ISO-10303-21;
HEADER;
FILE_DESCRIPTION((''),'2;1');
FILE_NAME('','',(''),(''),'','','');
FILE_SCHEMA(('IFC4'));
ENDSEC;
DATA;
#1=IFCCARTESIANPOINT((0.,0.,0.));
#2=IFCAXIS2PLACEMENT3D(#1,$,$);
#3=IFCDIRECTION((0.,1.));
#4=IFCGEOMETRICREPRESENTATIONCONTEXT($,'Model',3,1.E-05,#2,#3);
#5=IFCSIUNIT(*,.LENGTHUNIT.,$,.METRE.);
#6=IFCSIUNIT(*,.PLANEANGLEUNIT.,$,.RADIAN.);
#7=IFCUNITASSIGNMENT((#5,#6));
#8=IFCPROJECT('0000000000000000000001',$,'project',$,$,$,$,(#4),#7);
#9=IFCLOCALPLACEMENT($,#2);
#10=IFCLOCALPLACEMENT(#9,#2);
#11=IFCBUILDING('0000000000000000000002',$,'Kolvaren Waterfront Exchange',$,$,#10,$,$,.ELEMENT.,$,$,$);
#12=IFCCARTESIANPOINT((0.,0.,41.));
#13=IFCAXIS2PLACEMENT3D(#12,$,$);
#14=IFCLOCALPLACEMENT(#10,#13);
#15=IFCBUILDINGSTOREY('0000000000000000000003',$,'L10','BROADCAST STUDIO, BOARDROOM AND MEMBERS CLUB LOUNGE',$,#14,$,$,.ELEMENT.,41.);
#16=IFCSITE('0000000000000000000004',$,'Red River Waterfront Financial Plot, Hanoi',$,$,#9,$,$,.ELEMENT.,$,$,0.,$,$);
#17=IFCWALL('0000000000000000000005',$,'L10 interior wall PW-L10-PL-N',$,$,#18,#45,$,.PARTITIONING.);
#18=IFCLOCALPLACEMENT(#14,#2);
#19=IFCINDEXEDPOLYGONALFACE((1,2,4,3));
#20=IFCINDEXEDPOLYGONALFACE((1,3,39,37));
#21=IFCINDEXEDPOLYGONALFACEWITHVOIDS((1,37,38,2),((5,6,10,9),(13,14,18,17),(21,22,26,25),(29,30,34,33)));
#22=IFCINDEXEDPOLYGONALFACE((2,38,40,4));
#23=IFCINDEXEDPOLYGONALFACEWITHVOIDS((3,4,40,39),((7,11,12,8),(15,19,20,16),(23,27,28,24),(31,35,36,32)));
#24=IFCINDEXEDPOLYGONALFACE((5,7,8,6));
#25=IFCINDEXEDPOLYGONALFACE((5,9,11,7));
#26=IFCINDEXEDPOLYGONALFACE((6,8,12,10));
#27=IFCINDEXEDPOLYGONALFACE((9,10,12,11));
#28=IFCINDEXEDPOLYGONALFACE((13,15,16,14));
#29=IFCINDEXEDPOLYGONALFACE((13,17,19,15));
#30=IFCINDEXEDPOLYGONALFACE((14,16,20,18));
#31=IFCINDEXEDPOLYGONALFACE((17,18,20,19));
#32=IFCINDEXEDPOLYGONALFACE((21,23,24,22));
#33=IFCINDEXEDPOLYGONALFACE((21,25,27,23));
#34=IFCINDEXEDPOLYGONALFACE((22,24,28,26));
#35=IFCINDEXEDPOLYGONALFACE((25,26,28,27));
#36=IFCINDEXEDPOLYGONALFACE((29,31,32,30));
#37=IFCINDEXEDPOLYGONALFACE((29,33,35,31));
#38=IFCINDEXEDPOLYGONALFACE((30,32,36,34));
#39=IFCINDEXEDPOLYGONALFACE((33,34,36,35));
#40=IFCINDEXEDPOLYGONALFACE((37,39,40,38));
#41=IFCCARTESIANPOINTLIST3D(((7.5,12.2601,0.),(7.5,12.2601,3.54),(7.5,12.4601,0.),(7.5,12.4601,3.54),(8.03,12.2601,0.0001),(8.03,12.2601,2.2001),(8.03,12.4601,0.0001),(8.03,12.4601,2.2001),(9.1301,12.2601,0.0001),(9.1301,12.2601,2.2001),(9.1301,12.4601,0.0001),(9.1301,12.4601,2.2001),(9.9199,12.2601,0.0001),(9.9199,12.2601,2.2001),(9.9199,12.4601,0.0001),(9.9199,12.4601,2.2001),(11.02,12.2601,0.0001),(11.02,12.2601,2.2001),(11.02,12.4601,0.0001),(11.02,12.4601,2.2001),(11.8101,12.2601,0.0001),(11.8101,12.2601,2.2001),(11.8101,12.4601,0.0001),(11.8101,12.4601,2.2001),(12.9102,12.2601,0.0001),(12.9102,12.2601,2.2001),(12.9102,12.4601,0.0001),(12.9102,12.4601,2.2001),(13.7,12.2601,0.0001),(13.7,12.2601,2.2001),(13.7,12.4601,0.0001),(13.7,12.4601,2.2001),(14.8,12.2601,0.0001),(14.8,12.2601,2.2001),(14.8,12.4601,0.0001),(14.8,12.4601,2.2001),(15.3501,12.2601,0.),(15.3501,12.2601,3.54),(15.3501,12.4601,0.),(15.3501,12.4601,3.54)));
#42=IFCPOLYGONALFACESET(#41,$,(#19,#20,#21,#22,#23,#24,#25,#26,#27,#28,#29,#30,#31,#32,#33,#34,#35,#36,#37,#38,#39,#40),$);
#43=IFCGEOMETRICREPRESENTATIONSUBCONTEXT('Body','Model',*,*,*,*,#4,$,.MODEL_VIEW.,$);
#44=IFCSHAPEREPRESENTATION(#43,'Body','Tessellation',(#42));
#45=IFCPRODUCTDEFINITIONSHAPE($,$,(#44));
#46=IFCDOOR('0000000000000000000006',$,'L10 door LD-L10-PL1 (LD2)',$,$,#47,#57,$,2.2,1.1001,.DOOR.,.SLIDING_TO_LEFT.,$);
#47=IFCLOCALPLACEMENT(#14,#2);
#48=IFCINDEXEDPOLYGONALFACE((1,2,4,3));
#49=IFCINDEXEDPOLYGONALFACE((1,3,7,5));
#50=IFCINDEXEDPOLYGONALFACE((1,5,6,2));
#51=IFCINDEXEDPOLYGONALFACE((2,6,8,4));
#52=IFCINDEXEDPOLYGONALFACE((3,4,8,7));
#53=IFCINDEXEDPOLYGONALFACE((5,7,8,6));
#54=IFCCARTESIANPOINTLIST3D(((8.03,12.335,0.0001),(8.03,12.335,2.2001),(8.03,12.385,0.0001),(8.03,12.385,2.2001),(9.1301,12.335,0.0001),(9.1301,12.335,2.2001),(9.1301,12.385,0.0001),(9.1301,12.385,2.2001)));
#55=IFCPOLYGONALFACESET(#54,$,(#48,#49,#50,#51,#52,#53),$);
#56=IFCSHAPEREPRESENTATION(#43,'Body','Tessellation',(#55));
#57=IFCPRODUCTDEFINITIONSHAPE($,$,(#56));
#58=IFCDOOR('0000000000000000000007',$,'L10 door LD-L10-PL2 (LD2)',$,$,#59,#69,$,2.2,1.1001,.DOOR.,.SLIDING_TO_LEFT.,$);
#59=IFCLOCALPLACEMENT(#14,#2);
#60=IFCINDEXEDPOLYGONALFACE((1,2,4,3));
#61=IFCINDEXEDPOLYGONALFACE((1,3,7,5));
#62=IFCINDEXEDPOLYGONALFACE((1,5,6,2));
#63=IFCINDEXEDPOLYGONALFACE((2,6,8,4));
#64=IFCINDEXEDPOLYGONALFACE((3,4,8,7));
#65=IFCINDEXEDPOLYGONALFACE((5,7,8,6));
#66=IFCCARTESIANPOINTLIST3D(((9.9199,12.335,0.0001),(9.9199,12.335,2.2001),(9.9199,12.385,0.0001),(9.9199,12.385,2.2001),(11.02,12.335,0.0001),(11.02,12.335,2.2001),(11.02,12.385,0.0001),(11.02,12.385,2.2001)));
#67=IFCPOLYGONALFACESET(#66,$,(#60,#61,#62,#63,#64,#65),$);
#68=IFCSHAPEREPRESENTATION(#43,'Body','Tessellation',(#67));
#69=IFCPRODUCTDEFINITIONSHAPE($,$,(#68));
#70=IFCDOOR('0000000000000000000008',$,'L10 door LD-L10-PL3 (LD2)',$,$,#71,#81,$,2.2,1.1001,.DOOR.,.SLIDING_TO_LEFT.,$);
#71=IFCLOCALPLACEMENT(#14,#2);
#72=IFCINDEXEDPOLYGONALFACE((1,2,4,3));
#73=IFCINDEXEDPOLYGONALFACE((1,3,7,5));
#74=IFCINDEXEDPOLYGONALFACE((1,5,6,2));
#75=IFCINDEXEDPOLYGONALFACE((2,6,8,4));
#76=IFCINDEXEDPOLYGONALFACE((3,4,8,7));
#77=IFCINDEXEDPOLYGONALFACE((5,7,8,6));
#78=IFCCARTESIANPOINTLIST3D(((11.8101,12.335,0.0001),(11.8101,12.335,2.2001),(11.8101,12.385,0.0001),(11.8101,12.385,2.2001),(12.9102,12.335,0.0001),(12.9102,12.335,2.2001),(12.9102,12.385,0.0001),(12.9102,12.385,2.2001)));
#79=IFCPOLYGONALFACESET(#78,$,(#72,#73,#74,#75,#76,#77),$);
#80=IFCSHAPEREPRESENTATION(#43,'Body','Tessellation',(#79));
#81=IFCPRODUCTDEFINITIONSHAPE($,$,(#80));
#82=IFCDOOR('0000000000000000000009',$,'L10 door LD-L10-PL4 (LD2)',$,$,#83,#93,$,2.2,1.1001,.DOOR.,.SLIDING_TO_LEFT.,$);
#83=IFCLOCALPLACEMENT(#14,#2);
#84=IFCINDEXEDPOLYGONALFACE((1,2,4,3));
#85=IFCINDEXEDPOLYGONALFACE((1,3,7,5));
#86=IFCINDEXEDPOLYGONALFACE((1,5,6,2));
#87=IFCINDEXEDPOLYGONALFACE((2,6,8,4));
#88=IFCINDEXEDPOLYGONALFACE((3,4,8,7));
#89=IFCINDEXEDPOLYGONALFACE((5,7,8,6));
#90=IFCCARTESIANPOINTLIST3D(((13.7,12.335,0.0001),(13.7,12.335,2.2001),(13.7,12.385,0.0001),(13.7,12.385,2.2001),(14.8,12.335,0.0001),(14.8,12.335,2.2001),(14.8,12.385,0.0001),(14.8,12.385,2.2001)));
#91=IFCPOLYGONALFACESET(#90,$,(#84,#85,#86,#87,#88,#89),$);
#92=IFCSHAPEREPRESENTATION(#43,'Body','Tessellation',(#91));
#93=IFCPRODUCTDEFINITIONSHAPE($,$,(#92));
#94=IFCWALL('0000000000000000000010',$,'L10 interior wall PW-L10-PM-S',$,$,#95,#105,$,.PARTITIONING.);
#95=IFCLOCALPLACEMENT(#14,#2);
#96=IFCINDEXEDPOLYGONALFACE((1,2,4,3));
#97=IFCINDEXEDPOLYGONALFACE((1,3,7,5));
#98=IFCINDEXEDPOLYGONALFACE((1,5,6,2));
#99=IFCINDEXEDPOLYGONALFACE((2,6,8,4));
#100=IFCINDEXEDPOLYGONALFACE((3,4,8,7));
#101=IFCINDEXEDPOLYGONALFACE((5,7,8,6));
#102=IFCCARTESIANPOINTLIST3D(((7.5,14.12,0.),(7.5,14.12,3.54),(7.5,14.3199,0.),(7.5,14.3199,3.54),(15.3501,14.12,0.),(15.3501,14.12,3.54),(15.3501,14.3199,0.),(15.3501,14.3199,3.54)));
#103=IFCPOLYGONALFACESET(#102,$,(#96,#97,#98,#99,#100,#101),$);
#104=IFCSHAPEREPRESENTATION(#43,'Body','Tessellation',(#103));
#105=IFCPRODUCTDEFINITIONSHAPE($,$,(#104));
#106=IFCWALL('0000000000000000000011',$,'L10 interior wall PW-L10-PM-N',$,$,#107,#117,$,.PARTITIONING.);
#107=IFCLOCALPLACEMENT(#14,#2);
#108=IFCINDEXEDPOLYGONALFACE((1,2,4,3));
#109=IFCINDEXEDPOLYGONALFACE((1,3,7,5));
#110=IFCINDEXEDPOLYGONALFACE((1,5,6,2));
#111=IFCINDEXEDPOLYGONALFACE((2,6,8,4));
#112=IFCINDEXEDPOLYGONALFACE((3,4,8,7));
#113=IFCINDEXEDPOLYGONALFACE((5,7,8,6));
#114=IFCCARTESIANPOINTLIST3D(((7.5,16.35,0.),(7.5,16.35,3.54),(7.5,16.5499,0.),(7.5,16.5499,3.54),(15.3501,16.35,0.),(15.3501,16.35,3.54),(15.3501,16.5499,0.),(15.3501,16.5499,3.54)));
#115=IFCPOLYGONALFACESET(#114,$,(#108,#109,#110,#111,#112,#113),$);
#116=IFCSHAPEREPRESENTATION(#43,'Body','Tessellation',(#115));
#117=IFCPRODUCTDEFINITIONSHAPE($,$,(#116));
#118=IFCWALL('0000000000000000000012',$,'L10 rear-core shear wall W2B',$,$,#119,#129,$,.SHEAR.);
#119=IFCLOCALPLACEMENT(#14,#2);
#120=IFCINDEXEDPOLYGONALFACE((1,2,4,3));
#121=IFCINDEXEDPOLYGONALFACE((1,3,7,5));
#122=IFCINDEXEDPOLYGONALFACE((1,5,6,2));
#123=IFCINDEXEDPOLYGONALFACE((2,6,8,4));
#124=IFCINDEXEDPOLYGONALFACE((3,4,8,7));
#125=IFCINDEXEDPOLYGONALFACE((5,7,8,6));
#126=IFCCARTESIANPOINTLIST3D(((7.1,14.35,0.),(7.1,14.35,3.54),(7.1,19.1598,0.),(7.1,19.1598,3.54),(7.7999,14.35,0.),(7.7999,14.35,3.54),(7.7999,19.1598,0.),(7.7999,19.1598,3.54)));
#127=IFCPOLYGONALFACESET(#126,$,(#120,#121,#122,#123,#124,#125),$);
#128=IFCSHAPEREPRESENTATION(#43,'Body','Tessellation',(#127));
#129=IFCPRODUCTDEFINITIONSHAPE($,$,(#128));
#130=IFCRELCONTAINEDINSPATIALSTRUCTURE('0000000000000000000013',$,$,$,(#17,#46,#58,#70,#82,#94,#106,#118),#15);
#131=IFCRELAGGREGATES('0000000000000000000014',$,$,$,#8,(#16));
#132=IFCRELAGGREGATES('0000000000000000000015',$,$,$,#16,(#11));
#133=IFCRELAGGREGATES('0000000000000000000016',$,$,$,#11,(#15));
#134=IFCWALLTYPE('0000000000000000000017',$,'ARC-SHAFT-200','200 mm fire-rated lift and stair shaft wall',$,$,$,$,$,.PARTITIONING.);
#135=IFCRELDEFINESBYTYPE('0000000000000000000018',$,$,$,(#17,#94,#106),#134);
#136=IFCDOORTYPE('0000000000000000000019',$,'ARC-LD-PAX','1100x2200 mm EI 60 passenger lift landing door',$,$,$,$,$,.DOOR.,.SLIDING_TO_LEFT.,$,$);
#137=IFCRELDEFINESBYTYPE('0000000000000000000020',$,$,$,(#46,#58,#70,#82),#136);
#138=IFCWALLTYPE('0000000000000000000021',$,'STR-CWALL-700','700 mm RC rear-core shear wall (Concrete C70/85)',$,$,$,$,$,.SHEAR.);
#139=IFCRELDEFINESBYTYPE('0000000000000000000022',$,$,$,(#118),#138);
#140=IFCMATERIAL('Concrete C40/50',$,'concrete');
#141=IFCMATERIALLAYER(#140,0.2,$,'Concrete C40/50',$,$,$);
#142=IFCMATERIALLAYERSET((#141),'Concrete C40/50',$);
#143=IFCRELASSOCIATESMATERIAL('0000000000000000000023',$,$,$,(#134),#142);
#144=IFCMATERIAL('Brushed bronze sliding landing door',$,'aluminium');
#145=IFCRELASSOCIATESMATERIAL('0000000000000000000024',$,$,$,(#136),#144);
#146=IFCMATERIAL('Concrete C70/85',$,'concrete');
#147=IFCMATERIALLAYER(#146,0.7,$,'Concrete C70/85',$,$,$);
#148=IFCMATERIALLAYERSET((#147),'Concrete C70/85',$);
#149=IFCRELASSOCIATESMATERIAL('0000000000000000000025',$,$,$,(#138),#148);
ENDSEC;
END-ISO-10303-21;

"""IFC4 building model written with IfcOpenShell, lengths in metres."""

from ifc_helpers import new_model, si_unit, direction, frame, frame_2d, origin, place, context, subcontext, project, spatial, rectangle, extrude, material, layer, layer_set, type_object, element, fill, save


model = new_model("IFC4")

# Units and contexts
model_context = context("Model", 3, precision=1e-05, world=origin(), true_north=direction((0.0, 1.0)))
body_context = subcontext(model_context, "Body", "Model", "MODEL_VIEW")
ifc_project = project(units=[si_unit("LENGTHUNIT", "METRE"), si_unit("PLANEANGLEUNIT", "RADIAN")], contexts=[model_context])

# Site, building, storey
site_placement = place(None, origin())
site = spatial("IfcSite", under=ifc_project, at=site_placement, Name="Red River Waterfront Financial Plot, Hanoi", CompositionType="ELEMENT", RefElevation=0.0)
building_placement = place(site_placement, origin())
building = spatial("IfcBuilding", under=site, at=building_placement, Name="Kolvaren Waterfront Exchange", CompositionType="ELEMENT")
storey_placement = place(building_placement, frame((0.0, 0.0, 41.0)))
storey = spatial("IfcBuildingStorey", under=building, at=storey_placement, Name="L10", Description="BROADCAST STUDIO, BOARDROOM AND MEMBERS CLUB LOUNGE", CompositionType="ELEMENT", Elevation=41.0)

# Wall, openings, doors
ifc_material_1 = material(Name="Concrete C40/50", Category="concrete")
ifc_layer_1 = layer(ifc_material_1, 0.2, Name="Concrete C40/50")
ifc_layer_set_1 = layer_set([ifc_layer_1], Name="Concrete C40/50")
wall_type_1 = type_object("IfcWallType", Name="ARC-SHAFT-200", Description="200 mm fire-rated lift and stair shaft wall", PredefinedType="PARTITIONING", material=ifc_layer_set_1)
wall_1_placement = place(storey_placement, frame((7.5, 12.3601, 0.0), z_axis=(0.0, 0.0, 1.0), x_axis=(1.0, 0.0, 0.0)))
wall_1 = element("IfcWall", 1, at=wall_1_placement, inside=storey, type_object=wall_type_1, Name="L10 interior wall PW-L10-PL-N", PredefinedType="PARTITIONING", context=body_context, shape_type="SweptSolid", body=[
    extrude(rectangle(XDim=7.8501, YDim=0.2, at=frame_2d((3.925, 0.0))), origin(), (0.0, 0.0, 1.0), 3.54),
])
opening_1_placement = place(wall_1_placement, frame((0.53, 0.0, 0.0)))
opening_1 = element("IfcOpeningElement", 2, at=opening_1_placement, cuts=wall_1, PredefinedType="OPENING", context=body_context, shape_type="SweptSolid", body=[
    extrude(rectangle(XDim=1.1001, YDim=2.2, at=frame_2d((0.55, 1.1001))), frame((0.0, 0.1099, 0.0), z_axis=(0.0, -1.0, 0.0), x_axis=(1.0, 0.0, 0.0)), (0.0, 0.0, 1.0), 0.22),
])
opening_2_placement = place(wall_1_placement, frame((2.4199, 0.0, 0.0)))
opening_2 = element("IfcOpeningElement", 3, at=opening_2_placement, cuts=wall_1, PredefinedType="OPENING", context=body_context, shape_type="SweptSolid", body=[
    extrude(rectangle(XDim=1.1001, YDim=2.2, at=frame_2d((0.55, 1.1001))), frame((0.0, 0.1099, 0.0), z_axis=(0.0, -1.0, 0.0), x_axis=(1.0, 0.0, 0.0)), (0.0, 0.0, 1.0), 0.22),
])
opening_3_placement = place(wall_1_placement, frame((4.3101, 0.0, 0.0)))
opening_3 = element("IfcOpeningElement", 4, at=opening_3_placement, cuts=wall_1, PredefinedType="OPENING", context=body_context, shape_type="SweptSolid", body=[
    extrude(rectangle(XDim=1.1001, YDim=2.2, at=frame_2d((0.55, 1.1001))), frame((0.0, 0.1099, 0.0), z_axis=(0.0, -1.0, 0.0), x_axis=(1.0, 0.0, 0.0)), (0.0, 0.0, 1.0), 0.22),
])
opening_4_placement = place(wall_1_placement, frame((6.2, 0.0, 0.0)))
opening_4 = element("IfcOpeningElement", 5, at=opening_4_placement, cuts=wall_1, PredefinedType="OPENING", context=body_context, shape_type="SweptSolid", body=[
    extrude(rectangle(XDim=1.1001, YDim=2.2, at=frame_2d((0.55, 1.1001))), frame((0.0, 0.1099, 0.0), z_axis=(0.0, -1.0, 0.0), x_axis=(1.0, 0.0, 0.0)), (0.0, 0.0, 1.0), 0.22),
])
ifc_material_2 = material(Name="Brushed bronze sliding landing door", Category="aluminium")
door_type = type_object("IfcDoorType", Name="ARC-LD-PAX", Description="1100x2200 mm EI 60 passenger lift landing door", OperationType="SLIDING_TO_LEFT", PredefinedType="DOOR", material=ifc_material_2)
door_1_placement = place(opening_1_placement, origin())
door_1 = element("IfcDoor", 6, at=door_1_placement, inside=storey, type_object=door_type, Name="L10 door LD-L10-PL1 (LD2)", OperationType="SLIDING_TO_LEFT", OverallHeight=2.2, OverallWidth=1.1001, PredefinedType="DOOR", context=body_context, shape_type="SweptSolid", body=[
    extrude(rectangle(XDim=1.1001, YDim=2.2, at=frame_2d((0.55, 1.1001))), frame((0.0, 0.0249, 0.0), z_axis=(0.0, -1.0, 0.0), x_axis=(1.0, 0.0, 0.0)), (0.0, 0.0, 1.0), 0.05),
])
fill(opening_1, door_1)
door_2_placement = place(opening_2_placement, origin())
door_2 = element("IfcDoor", 7, at=door_2_placement, inside=storey, type_object=door_type, Name="L10 door LD-L10-PL2 (LD2)", OperationType="SLIDING_TO_LEFT", OverallHeight=2.2, OverallWidth=1.1001, PredefinedType="DOOR", context=body_context, shape_type="SweptSolid", body=[
    extrude(rectangle(XDim=1.1001, YDim=2.2, at=frame_2d((0.55, 1.1001))), frame((0.0, 0.0249, 0.0), z_axis=(0.0, -1.0, 0.0), x_axis=(1.0, 0.0, 0.0)), (0.0, 0.0, 1.0), 0.05),
])
fill(opening_2, door_2)
door_3_placement = place(opening_3_placement, origin())
door_3 = element("IfcDoor", 8, at=door_3_placement, inside=storey, type_object=door_type, Name="L10 door LD-L10-PL3 (LD2)", OperationType="SLIDING_TO_LEFT", OverallHeight=2.2, OverallWidth=1.1001, PredefinedType="DOOR", context=body_context, shape_type="SweptSolid", body=[
    extrude(rectangle(XDim=1.1001, YDim=2.2, at=frame_2d((0.55, 1.1001))), frame((0.0, 0.0249, 0.0), z_axis=(0.0, -1.0, 0.0), x_axis=(1.0, 0.0, 0.0)), (0.0, 0.0, 1.0), 0.05),
])
fill(opening_3, door_3)
door_4_placement = place(opening_4_placement, origin())
door_4 = element("IfcDoor", 9, at=door_4_placement, inside=storey, type_object=door_type, Name="L10 door LD-L10-PL4 (LD2)", OperationType="SLIDING_TO_LEFT", OverallHeight=2.2, OverallWidth=1.1001, PredefinedType="DOOR", context=body_context, shape_type="SweptSolid", body=[
    extrude(rectangle(XDim=1.1001, YDim=2.2, at=frame_2d((0.55, 1.1001))), frame((0.0, 0.0249, 0.0), z_axis=(0.0, -1.0, 0.0), x_axis=(1.0, 0.0, 0.0)), (0.0, 0.0, 1.0), 0.05),
])
fill(opening_4, door_4)

# Walls
for number, where, z_axis, x_axis, name in (
    (10, (7.5, 14.22, 0.0), (0.0, 0.0, 1.0), (1.0, 0.0, 0.0), "L10 interior wall PW-L10-PM-S"),
    (11, (7.5, 16.45, 0.0), (0.0, 0.0, 1.0), (1.0, 0.0, 0.0), "L10 interior wall PW-L10-PM-N"),
):
    element("IfcWall", number, at=place(storey_placement, frame(where, z_axis=z_axis, x_axis=x_axis)), inside=storey, type_object=wall_type_1, Name=name, PredefinedType="PARTITIONING", context=body_context, shape_type="SweptSolid", body=[
        extrude(rectangle(XDim=7.8501, YDim=0.2, at=frame_2d((3.925, 0.0))), origin(), (0.0, 0.0, 1.0), 3.54),
    ])
ifc_material_3 = material(Name="Concrete C70/85", Category="concrete")
ifc_layer_2 = layer(ifc_material_3, 0.7, Name="Concrete C70/85")
ifc_layer_set_2 = layer_set([ifc_layer_2], Name="Concrete C70/85")
wall_type_2 = type_object("IfcWallType", Name="STR-CWALL-700", Description="700 mm RC rear-core shear wall (Concrete C70/85)", PredefinedType="SHEAR", material=ifc_layer_set_2)
wall_2_placement = place(storey_placement, frame((7.45, 14.3501, 0.0), z_axis=(0.0, 0.0, 1.0), x_axis=(0.0, 1.0, 0.0)))
element("IfcWall", 12, at=wall_2_placement, inside=storey, type_object=wall_type_2, Name="L10 rear-core shear wall W2B", PredefinedType="SHEAR", context=body_context, shape_type="SweptSolid", body=[
    extrude(rectangle(XDim=4.8098, YDim=0.7, at=frame_2d((2.4048, 0.0))), origin(), (0.0, 0.0, 1.0), 3.54),
])

save(model, "model.ifc")
